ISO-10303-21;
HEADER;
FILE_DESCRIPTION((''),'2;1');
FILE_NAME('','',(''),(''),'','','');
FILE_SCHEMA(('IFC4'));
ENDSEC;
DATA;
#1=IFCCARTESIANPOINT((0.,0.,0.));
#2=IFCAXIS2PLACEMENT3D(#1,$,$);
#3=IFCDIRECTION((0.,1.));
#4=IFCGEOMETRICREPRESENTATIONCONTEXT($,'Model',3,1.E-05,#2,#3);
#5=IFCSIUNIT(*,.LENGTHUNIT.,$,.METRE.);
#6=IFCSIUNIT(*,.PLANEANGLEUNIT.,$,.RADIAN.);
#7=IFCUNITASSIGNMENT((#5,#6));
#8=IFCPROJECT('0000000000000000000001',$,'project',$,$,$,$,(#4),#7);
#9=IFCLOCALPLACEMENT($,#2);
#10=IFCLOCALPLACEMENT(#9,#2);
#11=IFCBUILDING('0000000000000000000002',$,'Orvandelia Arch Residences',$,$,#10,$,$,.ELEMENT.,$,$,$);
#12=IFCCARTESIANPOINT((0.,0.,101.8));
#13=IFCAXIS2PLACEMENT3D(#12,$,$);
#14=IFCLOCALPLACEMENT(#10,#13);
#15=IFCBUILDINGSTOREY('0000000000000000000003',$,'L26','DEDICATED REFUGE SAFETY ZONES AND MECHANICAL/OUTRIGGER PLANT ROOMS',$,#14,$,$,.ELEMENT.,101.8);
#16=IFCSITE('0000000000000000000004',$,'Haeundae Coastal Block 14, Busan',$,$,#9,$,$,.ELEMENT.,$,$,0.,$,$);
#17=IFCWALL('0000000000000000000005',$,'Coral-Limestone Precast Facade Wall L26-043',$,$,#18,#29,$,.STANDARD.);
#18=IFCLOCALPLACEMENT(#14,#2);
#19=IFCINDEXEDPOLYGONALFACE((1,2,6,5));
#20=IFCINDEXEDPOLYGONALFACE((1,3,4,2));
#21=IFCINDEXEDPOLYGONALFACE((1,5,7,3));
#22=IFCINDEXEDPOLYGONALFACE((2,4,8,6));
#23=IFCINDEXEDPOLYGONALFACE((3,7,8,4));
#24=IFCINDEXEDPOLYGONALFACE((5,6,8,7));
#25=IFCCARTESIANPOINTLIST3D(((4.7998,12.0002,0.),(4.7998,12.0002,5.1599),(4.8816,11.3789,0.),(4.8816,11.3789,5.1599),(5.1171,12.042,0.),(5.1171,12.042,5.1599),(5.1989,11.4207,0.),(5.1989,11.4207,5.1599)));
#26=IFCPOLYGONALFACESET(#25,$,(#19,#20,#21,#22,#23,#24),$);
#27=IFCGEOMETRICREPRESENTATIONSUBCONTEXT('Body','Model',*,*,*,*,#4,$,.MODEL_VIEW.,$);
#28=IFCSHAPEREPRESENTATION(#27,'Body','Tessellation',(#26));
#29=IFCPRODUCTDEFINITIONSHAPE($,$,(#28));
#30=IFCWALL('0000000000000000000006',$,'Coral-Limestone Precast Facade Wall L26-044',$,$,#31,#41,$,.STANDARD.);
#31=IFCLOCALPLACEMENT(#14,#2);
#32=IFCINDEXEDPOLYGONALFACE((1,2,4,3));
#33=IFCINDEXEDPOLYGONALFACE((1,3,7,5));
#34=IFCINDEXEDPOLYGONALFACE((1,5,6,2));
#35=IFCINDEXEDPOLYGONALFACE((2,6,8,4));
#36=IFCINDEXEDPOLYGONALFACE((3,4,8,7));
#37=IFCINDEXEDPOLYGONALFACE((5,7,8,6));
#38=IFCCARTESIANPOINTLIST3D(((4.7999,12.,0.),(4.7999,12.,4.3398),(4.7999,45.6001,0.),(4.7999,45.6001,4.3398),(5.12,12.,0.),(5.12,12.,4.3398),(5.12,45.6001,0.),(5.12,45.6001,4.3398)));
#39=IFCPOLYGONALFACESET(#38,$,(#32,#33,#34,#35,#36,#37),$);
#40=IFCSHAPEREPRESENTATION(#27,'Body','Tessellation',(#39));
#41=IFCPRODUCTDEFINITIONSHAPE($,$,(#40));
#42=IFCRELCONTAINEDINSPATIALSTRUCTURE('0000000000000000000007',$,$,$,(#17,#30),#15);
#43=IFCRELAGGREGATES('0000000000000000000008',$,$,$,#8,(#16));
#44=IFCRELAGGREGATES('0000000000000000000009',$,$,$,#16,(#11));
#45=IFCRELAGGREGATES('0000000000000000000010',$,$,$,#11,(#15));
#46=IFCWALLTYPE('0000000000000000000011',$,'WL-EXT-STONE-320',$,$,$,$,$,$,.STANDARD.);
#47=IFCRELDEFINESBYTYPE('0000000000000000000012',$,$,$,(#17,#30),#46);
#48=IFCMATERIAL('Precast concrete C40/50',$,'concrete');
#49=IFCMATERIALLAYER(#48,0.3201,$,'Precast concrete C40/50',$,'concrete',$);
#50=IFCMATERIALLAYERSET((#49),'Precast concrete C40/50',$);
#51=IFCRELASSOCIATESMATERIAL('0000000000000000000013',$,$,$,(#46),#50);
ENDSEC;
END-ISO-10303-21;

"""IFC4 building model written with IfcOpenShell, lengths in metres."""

from ifc_helpers import new_model, si_unit, direction, frame, frame_2d, origin, place, context, subcontext, project, spatial, rectangle, extrude, material, layer, layer_set, type_object, element, save


model = new_model("IFC4")

# Units and contexts
model_context = context("Model", 3, precision=1e-05, world=origin(), true_north=direction((0.0, 1.0)))
body_context = subcontext(model_context, "Body", "Model", "MODEL_VIEW")
ifc_project = project(units=[si_unit("LENGTHUNIT", "METRE"), si_unit("PLANEANGLEUNIT", "RADIAN")], contexts=[model_context])

# Site, building, storey
site_placement = place(None, origin())
site = spatial("IfcSite", under=ifc_project, at=site_placement, Name="Haeundae Coastal Block 14, Busan", CompositionType="ELEMENT", RefElevation=0.0)
building_placement = place(site_placement, origin())
building = spatial("IfcBuilding", under=site, at=building_placement, Name="Orvandelia Arch Residences", CompositionType="ELEMENT")
storey_placement = place(building_placement, frame((0.0, 0.0, 101.8)))
storey = spatial("IfcBuildingStorey", under=building, at=storey_placement, Name="L26", Description="DEDICATED REFUGE SAFETY ZONES AND MECHANICAL/OUTRIGGER PLANT ROOMS", CompositionType="ELEMENT", Elevation=101.8)

# Walls
ifc_material_1 = material(Name="Precast concrete C40/50", Category="concrete")
ifc_layer_1 = layer(ifc_material_1, 0.3201, Name="Precast concrete C40/50", Category="concrete")
ifc_layer_set_1 = layer_set([ifc_layer_1], Name="Precast concrete C40/50")
wall_type_1 = type_object("IfcWallType", Name="WL-EXT-STONE-320", PredefinedType="STANDARD", material=ifc_layer_set_1)
wall_1_placement = place(storey_placement, frame((5.0403, 11.3997, 0.0), z_axis=(0.0, 0.0, 1.0), x_axis=(-0.130505, 0.991448, 0.0)))
element("IfcWall", 1, at=wall_1_placement, inside=storey, type_object=wall_type_1, Name="Coral-Limestone Precast Facade Wall L26-043", PredefinedType="STANDARD", context=body_context, shape_type="SweptSolid", body=[
    extrude(rectangle(XDim=0.6267, YDim=0.3201, at=frame_2d((0.3135, 0.0))), origin(), (0.0, 0.0, 1.0), 5.1599),
])
wall_2_placement = place(storey_placement, frame((4.96, 12.0, 0.0), z_axis=(0.0, 0.0, 1.0), x_axis=(0.0, 1.0, 0.0)))
element("IfcWall", 2, at=wall_2_placement, inside=storey, type_object=wall_type_1, Name="Coral-Limestone Precast Facade Wall L26-044", PredefinedType="STANDARD", context=body_context, shape_type="SweptSolid", body=[
    extrude(rectangle(XDim=33.6001, YDim=0.3201, at=frame_2d((16.8, 0.0))), origin(), (0.0, 0.0, 1.0), 4.3398),
])

save(model, "model.ifc")
